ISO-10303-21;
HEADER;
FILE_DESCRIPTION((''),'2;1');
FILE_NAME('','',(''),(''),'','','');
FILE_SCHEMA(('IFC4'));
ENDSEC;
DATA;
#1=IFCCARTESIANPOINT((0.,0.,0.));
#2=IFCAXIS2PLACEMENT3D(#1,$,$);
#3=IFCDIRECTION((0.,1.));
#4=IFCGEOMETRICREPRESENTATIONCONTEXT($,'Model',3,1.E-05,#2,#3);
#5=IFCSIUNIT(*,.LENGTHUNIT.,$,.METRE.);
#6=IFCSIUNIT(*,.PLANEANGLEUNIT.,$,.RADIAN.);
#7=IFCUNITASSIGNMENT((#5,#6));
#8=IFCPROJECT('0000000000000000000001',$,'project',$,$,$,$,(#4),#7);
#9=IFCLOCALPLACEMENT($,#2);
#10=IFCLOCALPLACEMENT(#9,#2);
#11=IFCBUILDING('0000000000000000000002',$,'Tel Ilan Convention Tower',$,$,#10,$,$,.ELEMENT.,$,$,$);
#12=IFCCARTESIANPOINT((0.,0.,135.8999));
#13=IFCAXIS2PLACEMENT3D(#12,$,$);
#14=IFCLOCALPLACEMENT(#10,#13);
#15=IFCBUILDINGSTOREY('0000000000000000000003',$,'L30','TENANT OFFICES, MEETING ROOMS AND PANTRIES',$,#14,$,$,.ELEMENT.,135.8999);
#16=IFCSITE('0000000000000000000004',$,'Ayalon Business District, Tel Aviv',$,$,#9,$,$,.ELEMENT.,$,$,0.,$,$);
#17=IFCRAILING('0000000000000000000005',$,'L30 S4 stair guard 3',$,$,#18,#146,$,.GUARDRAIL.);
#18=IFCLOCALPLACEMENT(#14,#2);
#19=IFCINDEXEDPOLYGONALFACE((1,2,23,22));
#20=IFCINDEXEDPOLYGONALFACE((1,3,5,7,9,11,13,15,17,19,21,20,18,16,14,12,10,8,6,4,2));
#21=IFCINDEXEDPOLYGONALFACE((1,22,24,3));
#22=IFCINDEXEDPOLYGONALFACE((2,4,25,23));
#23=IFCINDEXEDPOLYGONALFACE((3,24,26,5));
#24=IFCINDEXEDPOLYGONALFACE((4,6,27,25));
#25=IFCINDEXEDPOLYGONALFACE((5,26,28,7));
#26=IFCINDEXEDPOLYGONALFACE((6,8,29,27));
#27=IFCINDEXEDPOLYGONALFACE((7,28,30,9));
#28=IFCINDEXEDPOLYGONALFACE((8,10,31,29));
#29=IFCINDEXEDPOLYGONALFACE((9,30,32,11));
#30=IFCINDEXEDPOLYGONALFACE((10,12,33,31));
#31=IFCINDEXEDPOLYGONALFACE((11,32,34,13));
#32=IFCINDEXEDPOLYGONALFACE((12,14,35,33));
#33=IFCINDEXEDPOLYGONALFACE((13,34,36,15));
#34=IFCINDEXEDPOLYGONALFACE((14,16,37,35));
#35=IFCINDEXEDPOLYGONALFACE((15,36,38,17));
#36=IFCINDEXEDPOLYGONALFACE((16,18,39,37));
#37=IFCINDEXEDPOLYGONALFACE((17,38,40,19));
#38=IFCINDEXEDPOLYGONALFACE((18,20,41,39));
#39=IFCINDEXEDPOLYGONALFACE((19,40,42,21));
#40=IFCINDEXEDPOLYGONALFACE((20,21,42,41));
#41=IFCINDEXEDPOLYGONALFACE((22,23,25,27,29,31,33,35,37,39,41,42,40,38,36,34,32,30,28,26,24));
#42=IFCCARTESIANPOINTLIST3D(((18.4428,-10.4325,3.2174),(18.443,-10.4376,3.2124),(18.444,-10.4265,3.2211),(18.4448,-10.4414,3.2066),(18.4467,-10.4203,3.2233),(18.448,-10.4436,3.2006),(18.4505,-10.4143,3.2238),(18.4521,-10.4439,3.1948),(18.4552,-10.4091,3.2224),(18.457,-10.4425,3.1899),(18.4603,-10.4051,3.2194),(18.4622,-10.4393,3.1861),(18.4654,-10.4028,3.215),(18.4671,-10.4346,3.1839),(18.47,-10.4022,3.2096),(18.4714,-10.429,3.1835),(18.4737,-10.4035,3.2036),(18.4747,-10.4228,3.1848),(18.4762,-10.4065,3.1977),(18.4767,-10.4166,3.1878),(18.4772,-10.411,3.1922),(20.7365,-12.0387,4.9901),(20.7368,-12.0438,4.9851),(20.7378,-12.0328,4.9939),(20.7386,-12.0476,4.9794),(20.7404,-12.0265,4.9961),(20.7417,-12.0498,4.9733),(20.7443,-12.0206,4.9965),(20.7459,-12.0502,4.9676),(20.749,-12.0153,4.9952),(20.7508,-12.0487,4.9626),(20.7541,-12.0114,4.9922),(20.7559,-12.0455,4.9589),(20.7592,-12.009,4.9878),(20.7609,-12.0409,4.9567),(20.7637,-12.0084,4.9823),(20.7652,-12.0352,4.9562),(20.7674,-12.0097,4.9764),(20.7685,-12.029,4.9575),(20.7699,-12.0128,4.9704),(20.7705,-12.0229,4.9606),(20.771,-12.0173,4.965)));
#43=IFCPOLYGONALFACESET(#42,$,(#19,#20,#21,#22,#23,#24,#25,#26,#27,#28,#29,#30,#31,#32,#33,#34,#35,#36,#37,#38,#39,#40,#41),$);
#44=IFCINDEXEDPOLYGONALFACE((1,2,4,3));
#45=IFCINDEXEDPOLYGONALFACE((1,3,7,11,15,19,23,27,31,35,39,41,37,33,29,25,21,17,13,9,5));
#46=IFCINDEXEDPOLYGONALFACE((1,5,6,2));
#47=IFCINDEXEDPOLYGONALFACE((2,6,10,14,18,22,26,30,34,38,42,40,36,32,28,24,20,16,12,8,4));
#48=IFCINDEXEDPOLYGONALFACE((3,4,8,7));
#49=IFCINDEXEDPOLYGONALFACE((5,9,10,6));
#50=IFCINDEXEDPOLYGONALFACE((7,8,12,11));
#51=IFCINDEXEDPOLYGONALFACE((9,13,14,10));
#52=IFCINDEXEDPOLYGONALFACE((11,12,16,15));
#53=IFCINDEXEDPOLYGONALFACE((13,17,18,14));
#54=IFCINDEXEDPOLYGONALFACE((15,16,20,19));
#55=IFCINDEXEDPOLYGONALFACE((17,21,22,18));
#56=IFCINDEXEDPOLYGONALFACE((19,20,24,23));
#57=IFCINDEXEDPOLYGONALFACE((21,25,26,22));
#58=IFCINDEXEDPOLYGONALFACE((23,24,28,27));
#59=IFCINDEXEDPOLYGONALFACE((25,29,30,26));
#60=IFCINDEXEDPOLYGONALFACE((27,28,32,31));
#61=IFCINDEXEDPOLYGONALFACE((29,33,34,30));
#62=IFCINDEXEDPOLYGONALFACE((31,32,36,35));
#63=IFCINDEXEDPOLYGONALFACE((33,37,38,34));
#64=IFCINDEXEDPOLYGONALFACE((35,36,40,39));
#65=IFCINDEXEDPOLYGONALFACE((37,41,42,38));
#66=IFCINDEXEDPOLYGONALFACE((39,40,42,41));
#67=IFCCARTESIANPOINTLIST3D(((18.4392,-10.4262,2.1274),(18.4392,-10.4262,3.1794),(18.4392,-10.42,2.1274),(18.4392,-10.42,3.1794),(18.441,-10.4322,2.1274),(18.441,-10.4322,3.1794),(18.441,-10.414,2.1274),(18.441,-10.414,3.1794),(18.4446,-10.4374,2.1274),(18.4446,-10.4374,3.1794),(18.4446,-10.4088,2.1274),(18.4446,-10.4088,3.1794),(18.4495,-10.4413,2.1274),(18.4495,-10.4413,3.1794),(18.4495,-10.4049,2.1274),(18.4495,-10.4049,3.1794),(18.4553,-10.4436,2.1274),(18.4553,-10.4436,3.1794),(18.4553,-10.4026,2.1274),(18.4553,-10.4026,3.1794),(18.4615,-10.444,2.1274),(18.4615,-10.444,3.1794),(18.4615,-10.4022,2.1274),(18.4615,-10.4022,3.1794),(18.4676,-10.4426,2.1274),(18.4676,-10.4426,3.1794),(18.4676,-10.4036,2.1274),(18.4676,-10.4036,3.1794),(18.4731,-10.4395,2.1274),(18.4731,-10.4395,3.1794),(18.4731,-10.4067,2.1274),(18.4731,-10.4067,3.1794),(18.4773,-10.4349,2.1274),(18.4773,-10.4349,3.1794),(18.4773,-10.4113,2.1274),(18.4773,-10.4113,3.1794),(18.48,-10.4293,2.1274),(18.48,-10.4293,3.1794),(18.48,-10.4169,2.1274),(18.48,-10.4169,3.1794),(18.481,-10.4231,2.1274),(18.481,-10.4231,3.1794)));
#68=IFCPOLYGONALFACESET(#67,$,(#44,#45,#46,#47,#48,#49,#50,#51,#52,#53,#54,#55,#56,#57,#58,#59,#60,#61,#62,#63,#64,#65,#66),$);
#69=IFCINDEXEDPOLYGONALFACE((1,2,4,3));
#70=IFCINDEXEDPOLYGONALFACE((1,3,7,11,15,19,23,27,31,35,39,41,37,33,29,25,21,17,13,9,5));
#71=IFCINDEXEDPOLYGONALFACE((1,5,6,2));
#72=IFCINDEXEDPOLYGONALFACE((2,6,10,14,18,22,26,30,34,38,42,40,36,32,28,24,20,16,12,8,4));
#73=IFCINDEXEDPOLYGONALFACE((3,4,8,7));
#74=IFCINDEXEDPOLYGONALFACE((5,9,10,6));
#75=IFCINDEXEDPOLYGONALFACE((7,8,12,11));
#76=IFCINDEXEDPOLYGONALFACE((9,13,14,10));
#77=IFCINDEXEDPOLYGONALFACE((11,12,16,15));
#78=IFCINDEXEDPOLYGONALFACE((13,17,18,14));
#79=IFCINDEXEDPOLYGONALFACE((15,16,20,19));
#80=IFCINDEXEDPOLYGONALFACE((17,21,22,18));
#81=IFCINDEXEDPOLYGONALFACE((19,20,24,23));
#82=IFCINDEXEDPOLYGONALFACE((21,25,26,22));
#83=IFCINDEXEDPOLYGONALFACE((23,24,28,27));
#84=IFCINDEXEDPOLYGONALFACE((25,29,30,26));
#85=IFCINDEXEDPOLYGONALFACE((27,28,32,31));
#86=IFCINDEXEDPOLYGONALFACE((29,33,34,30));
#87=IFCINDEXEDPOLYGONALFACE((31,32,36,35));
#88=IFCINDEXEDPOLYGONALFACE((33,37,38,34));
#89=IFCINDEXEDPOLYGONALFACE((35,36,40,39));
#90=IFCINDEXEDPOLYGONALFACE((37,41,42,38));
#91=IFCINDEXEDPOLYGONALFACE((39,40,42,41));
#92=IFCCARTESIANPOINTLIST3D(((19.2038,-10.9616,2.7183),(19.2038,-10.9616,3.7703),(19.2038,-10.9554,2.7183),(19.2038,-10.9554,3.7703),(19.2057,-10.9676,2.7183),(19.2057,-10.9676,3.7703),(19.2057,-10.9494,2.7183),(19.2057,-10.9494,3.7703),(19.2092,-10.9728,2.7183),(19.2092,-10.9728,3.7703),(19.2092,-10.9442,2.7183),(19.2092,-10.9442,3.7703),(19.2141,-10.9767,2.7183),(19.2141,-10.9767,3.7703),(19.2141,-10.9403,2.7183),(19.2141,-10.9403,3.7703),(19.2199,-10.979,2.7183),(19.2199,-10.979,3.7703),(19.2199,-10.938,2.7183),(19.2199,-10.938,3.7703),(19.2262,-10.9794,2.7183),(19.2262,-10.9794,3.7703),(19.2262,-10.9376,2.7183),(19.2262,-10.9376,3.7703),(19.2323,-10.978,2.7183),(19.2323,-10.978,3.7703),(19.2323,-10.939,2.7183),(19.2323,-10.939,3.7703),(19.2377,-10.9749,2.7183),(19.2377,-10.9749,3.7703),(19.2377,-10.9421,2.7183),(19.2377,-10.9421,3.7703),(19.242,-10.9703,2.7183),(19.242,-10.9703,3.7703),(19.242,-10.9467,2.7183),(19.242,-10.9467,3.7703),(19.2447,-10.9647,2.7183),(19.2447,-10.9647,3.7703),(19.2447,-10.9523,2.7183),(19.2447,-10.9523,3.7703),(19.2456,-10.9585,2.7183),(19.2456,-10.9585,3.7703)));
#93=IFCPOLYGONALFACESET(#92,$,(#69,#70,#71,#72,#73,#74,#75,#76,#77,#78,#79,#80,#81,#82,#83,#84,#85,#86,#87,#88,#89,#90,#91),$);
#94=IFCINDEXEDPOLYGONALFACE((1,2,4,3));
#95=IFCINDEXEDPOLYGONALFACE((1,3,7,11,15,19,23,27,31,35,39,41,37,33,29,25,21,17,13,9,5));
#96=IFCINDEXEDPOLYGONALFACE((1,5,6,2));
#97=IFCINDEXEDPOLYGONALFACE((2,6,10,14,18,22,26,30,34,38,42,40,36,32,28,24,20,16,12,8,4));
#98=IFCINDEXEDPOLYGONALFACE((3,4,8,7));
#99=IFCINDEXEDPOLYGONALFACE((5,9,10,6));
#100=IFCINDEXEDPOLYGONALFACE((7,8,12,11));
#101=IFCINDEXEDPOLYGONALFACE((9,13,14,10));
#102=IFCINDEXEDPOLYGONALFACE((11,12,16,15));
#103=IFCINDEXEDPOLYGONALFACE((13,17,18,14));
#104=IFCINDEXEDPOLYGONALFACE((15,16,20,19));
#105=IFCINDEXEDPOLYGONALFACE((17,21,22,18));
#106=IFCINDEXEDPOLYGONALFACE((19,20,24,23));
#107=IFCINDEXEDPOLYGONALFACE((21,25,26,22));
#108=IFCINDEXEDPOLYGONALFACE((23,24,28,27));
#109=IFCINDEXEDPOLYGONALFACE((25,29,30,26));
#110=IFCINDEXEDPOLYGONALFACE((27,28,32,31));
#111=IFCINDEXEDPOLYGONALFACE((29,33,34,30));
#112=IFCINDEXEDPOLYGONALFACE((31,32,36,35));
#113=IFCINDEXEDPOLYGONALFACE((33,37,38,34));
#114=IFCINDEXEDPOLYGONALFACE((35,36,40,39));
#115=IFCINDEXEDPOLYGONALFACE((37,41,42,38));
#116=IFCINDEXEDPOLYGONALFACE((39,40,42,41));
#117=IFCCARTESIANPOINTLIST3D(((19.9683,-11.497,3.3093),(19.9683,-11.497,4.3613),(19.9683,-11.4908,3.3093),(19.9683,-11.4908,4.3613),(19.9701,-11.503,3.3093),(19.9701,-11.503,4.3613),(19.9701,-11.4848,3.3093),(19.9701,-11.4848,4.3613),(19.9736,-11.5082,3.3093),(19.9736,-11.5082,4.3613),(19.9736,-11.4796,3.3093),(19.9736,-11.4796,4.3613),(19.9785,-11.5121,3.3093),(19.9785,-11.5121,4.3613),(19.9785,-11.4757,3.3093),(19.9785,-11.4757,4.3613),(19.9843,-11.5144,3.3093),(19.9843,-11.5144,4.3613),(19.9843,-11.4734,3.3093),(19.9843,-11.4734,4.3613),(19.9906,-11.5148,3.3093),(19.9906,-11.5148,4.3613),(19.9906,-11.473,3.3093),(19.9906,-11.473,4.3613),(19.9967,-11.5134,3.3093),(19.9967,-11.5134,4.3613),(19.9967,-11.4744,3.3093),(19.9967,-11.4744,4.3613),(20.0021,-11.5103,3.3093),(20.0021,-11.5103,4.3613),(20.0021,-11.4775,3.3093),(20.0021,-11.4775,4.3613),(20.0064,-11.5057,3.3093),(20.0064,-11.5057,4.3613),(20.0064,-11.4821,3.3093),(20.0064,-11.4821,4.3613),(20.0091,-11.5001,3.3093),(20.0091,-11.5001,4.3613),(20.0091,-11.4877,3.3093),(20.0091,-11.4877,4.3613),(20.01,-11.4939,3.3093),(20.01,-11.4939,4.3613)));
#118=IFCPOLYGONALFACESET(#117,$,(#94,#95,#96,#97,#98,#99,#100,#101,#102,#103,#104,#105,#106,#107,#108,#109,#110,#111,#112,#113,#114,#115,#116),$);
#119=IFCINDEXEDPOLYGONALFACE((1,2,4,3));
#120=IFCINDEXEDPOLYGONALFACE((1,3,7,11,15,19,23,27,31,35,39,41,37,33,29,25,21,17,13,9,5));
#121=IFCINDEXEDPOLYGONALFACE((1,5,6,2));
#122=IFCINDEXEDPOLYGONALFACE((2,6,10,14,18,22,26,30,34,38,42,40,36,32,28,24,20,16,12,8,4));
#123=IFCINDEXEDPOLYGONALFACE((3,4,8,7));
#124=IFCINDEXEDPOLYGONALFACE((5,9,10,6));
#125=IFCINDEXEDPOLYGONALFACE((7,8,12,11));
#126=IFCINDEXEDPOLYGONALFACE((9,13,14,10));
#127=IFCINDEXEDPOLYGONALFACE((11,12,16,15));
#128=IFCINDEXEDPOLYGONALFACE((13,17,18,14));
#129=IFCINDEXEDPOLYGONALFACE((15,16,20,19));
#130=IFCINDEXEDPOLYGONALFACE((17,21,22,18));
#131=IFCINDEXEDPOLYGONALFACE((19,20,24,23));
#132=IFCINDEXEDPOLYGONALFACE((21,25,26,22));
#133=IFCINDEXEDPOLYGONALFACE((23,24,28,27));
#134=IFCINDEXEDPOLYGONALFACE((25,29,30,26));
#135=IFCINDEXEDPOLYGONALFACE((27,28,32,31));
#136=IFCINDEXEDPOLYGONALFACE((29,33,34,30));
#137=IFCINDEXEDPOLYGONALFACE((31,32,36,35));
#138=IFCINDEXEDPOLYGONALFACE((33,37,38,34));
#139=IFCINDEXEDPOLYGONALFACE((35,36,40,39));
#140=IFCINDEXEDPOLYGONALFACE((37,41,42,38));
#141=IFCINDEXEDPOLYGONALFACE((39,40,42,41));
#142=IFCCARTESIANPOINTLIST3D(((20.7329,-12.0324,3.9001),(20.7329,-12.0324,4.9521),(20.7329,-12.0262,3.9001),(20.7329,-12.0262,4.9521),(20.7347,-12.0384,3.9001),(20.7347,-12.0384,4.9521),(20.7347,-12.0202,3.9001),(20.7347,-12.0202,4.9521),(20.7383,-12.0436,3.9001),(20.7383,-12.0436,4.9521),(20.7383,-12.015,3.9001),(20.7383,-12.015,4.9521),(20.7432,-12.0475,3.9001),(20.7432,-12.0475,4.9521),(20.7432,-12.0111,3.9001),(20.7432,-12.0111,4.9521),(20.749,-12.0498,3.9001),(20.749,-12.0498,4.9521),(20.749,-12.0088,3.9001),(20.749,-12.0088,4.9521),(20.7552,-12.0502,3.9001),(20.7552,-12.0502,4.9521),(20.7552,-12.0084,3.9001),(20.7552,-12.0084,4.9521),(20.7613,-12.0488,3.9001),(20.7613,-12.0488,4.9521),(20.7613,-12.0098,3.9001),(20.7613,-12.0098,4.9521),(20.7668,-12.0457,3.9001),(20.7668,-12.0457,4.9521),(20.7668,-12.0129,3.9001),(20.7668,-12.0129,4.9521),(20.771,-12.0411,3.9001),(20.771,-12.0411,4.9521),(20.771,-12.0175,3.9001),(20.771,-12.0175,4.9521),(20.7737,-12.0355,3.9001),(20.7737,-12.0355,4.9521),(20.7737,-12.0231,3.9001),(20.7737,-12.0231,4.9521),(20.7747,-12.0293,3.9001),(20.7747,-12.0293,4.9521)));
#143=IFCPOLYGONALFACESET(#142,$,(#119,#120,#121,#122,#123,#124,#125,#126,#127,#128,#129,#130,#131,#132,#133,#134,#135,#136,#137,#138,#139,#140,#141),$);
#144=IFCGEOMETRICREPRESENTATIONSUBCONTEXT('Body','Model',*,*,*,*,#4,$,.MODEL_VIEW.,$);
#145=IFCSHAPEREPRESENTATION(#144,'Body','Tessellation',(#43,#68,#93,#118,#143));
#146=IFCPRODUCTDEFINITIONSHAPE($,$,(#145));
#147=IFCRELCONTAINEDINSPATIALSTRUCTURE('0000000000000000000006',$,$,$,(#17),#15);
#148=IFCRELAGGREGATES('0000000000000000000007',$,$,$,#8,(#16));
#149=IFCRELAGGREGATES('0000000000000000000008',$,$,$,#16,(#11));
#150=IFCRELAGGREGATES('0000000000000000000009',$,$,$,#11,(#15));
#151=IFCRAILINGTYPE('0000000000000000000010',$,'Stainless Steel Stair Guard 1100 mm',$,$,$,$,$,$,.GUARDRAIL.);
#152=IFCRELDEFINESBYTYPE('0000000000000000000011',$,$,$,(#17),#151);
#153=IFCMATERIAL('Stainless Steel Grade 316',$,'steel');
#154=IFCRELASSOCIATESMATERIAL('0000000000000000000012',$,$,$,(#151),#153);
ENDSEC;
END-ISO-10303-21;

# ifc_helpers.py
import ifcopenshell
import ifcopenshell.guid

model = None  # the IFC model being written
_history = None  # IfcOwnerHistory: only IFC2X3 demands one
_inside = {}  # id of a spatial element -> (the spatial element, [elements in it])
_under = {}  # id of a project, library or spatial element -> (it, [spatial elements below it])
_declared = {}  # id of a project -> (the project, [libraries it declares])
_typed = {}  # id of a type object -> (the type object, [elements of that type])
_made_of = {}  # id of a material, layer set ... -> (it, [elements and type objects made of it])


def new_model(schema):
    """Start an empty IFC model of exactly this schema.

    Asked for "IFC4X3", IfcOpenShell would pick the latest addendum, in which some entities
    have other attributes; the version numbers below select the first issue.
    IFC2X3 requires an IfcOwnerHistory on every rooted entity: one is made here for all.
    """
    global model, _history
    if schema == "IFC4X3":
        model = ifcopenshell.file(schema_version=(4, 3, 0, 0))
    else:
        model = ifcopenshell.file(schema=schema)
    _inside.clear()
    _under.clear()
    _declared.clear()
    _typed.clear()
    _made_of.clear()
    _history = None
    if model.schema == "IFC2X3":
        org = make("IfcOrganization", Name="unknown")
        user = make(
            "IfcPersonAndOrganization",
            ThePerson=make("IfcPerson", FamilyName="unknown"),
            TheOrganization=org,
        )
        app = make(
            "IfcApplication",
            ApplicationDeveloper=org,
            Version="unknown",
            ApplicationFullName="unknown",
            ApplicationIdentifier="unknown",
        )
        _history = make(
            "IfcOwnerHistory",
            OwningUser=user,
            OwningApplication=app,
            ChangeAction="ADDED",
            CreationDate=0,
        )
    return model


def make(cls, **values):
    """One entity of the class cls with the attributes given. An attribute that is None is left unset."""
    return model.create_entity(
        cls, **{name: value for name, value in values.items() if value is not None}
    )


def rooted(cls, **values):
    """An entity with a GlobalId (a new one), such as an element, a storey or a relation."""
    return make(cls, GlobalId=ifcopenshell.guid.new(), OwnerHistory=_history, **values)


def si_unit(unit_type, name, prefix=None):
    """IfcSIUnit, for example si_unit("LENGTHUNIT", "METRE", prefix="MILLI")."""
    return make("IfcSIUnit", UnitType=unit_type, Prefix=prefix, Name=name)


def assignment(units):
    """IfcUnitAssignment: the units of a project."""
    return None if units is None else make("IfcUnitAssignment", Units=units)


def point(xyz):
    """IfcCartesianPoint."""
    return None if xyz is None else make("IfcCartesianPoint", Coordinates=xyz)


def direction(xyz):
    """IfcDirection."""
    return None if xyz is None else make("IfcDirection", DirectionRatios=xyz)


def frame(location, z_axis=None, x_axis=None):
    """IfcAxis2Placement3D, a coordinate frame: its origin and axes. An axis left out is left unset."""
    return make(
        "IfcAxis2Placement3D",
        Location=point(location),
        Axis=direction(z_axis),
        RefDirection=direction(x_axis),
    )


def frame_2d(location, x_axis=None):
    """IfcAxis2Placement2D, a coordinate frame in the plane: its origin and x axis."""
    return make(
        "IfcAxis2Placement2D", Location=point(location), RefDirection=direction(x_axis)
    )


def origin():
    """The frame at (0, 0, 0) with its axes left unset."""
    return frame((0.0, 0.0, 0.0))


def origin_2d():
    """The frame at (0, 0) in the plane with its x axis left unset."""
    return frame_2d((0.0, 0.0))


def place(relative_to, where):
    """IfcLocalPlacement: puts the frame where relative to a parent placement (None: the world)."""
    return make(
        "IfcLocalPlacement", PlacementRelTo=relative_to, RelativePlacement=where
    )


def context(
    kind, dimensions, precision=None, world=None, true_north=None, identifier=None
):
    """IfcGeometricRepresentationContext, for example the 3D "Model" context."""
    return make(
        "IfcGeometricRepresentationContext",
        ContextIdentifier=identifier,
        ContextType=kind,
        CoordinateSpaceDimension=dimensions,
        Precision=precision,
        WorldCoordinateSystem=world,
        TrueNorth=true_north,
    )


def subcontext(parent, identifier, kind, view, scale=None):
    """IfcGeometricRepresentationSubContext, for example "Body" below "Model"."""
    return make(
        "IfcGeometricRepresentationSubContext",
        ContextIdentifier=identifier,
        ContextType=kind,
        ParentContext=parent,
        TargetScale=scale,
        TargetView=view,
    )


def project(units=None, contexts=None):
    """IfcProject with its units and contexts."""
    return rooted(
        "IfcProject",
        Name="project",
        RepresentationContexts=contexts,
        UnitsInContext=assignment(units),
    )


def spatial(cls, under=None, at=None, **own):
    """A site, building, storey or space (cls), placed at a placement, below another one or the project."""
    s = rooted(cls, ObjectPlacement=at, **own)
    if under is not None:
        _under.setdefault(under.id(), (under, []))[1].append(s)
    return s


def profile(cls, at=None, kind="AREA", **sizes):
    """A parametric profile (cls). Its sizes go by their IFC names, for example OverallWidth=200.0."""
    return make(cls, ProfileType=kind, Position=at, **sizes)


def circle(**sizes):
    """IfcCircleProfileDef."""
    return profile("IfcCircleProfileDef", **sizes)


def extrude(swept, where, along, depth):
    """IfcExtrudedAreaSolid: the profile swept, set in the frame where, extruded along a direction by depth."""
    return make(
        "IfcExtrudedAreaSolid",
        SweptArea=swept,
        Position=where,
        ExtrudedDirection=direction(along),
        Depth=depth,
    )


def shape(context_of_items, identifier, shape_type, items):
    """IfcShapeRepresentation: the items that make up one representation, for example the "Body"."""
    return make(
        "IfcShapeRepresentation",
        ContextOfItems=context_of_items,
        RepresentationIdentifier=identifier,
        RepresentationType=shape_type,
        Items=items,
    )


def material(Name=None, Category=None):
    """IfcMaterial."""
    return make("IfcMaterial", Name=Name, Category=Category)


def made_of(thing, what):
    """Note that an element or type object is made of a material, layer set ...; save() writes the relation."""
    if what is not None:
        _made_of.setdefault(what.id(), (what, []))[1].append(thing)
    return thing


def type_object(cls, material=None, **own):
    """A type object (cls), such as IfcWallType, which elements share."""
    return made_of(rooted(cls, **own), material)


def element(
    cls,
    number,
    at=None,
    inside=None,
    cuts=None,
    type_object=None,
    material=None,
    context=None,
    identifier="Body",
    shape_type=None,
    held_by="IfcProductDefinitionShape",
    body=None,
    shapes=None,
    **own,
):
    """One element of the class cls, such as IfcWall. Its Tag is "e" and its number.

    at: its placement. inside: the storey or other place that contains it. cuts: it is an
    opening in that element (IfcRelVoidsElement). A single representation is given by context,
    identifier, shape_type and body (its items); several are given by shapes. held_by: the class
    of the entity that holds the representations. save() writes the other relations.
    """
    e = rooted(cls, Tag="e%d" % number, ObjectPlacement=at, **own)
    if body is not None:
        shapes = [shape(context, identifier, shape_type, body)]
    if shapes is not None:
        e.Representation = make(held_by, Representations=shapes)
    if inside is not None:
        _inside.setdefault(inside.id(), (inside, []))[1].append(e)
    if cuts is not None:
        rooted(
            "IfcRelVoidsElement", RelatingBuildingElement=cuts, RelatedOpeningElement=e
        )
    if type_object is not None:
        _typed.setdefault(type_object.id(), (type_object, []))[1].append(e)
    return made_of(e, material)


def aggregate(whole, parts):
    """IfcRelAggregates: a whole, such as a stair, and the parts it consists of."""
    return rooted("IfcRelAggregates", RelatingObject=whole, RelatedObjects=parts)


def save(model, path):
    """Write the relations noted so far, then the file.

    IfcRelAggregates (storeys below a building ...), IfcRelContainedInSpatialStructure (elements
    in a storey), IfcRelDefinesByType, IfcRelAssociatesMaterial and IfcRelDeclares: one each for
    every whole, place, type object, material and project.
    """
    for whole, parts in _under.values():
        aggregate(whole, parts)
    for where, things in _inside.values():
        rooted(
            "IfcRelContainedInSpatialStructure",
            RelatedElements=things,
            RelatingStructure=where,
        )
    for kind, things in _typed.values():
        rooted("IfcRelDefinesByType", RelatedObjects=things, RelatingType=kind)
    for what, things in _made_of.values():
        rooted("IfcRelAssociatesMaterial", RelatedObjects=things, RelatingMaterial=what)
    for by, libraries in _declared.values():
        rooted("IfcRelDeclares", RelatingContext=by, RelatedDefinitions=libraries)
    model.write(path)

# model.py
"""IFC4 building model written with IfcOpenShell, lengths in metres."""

from ifc_helpers import new_model, si_unit, direction, frame, origin, origin_2d, place, context, subcontext, project, spatial, circle, extrude, material, type_object, element, save


model = new_model("IFC4")

# Units and contexts
model_context = context("Model", 3, precision=1e-05, world=origin(), true_north=direction((0.0, 1.0)))
body_context = subcontext(model_context, "Body", "Model", "MODEL_VIEW")
ifc_project = project(units=[si_unit("LENGTHUNIT", "METRE"), si_unit("PLANEANGLEUNIT", "RADIAN")], contexts=[model_context])

# Site, building, storey
site_placement = place(None, origin())
site = spatial("IfcSite", under=ifc_project, at=site_placement, Name="Ayalon Business District, Tel Aviv", CompositionType="ELEMENT", RefElevation=0.0)
building_placement = place(site_placement, origin())
building = spatial("IfcBuilding", under=site, at=building_placement, Name="Tel Ilan Convention Tower", CompositionType="ELEMENT")
storey_placement = place(building_placement, frame((0.0, 0.0, 135.8999)))
storey = spatial("IfcBuildingStorey", under=building, at=storey_placement, Name="L30", Description="TENANT OFFICES, MEETING ROOMS AND PANTRIES", CompositionType="ELEMENT", Elevation=135.8999)

# Railing
ifc_material_1 = material(Name="Stainless Steel Grade 316", Category="steel")
railing_type_1 = type_object("IfcRailingType", Name="Stainless Steel Stair Guard 1100 mm", PredefinedType="GUARDRAIL", material=ifc_material_1)
railing_1_placement = place(storey_placement, frame((18.46, -10.4231, 2.1274)))
element("IfcRailing", 1, at=railing_1_placement, inside=storey, type_object=railing_type_1, Name="L30 S4 stair guard 3", PredefinedType="GUARDRAIL", context=body_context, shape_type="SweptSolid", body=[
    extrude(circle(Radius=0.0239, at=origin_2d()), frame((0.0, 0.0, 1.0762), z_axis=(0.692098, -0.484653, 0.534894), x_axis=(0.573609, 0.81913, 0.0)), (0.0, 0.0, 1.0), 3.3142),
    extrude(circle(Radius=0.021, at=origin_2d()), origin(), (0.0, 0.0, 1.0), 1.052),
    extrude(circle(Radius=0.021, at=origin_2d()), frame((0.7646, -0.5354, 0.5908)), (0.0, 0.0, 1.0), 1.052),
    extrude(circle(Radius=0.021, at=origin_2d()), frame((1.5291, -1.0708, 1.1819)), (0.0, 0.0, 1.0), 1.052),
    extrude(circle(Radius=0.021, at=origin_2d()), frame((2.2937, -1.6062, 1.7727)), (0.0, 0.0, 1.0), 1.052),
])

save(model, "model.ifc")
